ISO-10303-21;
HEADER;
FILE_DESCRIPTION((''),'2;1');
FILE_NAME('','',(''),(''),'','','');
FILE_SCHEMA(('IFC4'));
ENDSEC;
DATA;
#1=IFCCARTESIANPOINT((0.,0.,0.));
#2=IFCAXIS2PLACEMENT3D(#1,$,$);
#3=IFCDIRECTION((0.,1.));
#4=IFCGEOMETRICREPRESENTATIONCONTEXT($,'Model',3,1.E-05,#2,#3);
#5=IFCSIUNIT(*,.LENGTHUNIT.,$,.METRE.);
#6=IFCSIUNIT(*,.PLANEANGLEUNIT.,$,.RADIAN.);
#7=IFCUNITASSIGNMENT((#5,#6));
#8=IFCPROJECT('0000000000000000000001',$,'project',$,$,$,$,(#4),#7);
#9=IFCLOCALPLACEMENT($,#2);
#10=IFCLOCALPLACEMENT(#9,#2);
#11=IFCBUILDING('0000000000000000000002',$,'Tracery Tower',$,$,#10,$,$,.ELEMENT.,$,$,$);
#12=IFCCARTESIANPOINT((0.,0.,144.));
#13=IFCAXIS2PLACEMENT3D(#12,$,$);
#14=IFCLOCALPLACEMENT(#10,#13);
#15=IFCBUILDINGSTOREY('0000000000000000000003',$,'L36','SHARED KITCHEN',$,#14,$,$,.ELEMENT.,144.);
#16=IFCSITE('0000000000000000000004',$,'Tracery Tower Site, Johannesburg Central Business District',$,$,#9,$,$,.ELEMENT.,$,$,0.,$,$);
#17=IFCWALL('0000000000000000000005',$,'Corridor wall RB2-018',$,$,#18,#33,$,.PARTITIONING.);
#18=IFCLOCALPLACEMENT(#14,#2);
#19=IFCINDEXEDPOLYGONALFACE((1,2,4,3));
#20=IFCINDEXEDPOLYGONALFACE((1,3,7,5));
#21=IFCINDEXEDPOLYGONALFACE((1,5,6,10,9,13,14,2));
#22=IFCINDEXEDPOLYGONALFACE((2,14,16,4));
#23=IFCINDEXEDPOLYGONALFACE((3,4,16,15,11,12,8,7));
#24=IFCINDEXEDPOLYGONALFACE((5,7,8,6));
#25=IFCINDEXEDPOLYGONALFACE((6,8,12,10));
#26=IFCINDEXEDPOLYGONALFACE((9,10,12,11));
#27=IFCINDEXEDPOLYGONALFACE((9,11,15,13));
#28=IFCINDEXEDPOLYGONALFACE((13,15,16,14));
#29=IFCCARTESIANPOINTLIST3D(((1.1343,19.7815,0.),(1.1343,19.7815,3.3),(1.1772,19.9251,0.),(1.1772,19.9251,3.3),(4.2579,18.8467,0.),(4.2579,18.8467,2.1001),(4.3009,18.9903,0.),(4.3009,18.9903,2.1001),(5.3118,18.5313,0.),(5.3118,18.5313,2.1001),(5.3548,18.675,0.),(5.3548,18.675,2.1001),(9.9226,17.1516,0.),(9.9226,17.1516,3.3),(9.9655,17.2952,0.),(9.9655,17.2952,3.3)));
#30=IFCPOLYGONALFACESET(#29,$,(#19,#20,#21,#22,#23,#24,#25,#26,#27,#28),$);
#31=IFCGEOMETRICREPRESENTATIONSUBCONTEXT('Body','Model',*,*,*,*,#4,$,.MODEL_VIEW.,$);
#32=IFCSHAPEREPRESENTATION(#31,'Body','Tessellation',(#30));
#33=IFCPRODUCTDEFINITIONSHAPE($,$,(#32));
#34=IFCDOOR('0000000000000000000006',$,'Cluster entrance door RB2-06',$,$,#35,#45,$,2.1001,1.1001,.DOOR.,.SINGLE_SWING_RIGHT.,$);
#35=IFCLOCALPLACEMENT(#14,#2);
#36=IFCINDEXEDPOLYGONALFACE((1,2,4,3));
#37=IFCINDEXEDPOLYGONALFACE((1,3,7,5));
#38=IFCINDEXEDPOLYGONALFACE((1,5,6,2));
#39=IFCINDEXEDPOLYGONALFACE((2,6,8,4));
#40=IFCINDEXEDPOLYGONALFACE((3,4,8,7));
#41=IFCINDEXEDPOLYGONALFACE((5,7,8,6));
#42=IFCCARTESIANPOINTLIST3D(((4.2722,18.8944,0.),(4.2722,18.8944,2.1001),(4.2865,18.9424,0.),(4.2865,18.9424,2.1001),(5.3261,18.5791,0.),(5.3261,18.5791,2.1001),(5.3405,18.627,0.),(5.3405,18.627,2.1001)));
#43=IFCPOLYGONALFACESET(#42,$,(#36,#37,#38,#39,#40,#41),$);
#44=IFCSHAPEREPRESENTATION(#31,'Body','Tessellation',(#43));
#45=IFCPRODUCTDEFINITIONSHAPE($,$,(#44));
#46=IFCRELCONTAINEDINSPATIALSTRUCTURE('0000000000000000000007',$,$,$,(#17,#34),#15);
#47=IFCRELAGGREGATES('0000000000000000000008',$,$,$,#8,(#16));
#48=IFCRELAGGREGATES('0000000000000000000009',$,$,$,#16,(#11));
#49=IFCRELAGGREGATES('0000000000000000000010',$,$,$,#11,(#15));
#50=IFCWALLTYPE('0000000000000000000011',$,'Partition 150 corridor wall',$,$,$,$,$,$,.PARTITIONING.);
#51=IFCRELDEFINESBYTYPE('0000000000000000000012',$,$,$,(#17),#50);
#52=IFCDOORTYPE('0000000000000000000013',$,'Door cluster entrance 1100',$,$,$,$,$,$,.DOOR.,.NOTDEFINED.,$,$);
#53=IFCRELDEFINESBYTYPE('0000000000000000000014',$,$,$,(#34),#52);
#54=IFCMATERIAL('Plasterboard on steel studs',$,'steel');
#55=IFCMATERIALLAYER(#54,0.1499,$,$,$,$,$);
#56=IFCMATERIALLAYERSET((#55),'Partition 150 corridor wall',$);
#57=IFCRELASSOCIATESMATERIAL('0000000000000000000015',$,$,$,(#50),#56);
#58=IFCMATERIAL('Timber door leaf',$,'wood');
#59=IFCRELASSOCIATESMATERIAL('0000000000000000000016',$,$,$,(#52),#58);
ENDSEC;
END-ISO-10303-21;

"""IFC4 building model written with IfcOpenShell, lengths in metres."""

from ifc_helpers import new_model, si_unit, direction, frame, frame_2d, origin, place, context, subcontext, project, spatial, rectangle, extrude, material, layer, layer_set, type_object, element, fill, save


model = new_model("IFC4")

# Units and contexts
model_context = context("Model", 3, precision=1e-05, world=origin(), true_north=direction((0.0, 1.0)))
body_context = subcontext(model_context, "Body", "Model", "MODEL_VIEW")
ifc_project = project(units=[si_unit("LENGTHUNIT", "METRE"), si_unit("PLANEANGLEUNIT", "RADIAN")], contexts=[model_context])

# Site, building, storey
site_placement = place(None, origin())
site = spatial("IfcSite", under=ifc_project, at=site_placement, Name="Tracery Tower Site, Johannesburg Central Business District", CompositionType="ELEMENT", RefElevation=0.0)
building_placement = place(site_placement, origin())
building = spatial("IfcBuilding", under=site, at=building_placement, Name="Tracery Tower", CompositionType="ELEMENT")
storey_placement = place(building_placement, frame((0.0, 0.0, 144.0)))
storey = spatial("IfcBuildingStorey", under=building, at=storey_placement, Name="L36", Description="SHARED KITCHEN", CompositionType="ELEMENT", Elevation=144.0)

# Wall, opening, door
ifc_material_1 = material(Name="Plasterboard on steel studs", Category="steel")
ifc_layer_1 = layer(ifc_material_1, 0.1499)
ifc_layer_set_1 = layer_set([ifc_layer_1], Name="Partition 150 corridor wall")
wall_type_1 = type_object("IfcWallType", Name="Partition 150 corridor wall", PredefinedType="PARTITIONING", material=ifc_layer_set_1)
wall_1_placement = place(storey_placement, frame((1.1558, 19.8533, 0.0), z_axis=(0.0, 0.0, 1.0), x_axis=(0.958025, -0.286686, 0.0)))
wall_1 = element("IfcWall", 1, at=wall_1_placement, inside=storey, type_object=wall_type_1, Name="Corridor wall RB2-018", PredefinedType="PARTITIONING", context=body_context, shape_type="SweptSolid", body=[
    extrude(rectangle(XDim=9.1733, YDim=0.1499, at=frame_2d((4.5867, 0.0))), origin(), (0.0, 0.0, 1.0), 3.3),
])
opening_1_placement = place(wall_1_placement, frame((3.2605, 0.0, 0.0)))
opening_1 = element("IfcOpeningElement", 2, at=opening_1_placement, cuts=wall_1, PredefinedType="OPENING", context=body_context, shape_type="SweptSolid", body=[
    extrude(rectangle(XDim=1.1001, YDim=2.1001, at=frame_2d((0.55, 1.05))), frame((0.0, 0.075, 0.0), z_axis=(0.0, -1.0, 0.0), x_axis=(1.0, 0.0, 0.0)), (0.0, 0.0, 1.0), 0.1499),
])
ifc_material_2 = material(Name="Timber door leaf", Category="wood")
door_type_1 = type_object("IfcDoorType", Name="Door cluster entrance 1100", OperationType="NOTDEFINED", PredefinedType="DOOR", material=ifc_material_2)
door_1_placement = place(opening_1_placement, origin())
door_1 = element("IfcDoor", 3, at=door_1_placement, inside=storey, type_object=door_type_1, Name="Cluster entrance door RB2-06", OperationType="SINGLE_SWING_RIGHT", OverallHeight=2.1001, OverallWidth=1.1001, PredefinedType="DOOR", context=body_context, shape_type="SweptSolid", body=[
    extrude(rectangle(XDim=1.1001, YDim=2.1001, at=frame_2d((0.55, 1.05))), frame((0.0, 0.0249, 0.0), z_axis=(0.0, -1.0, 0.0), x_axis=(1.0, 0.0, 0.0)), (0.0, 0.0, 1.0), 0.05),
])
fill(opening_1, door_1)

save(model, "model.ifc")
